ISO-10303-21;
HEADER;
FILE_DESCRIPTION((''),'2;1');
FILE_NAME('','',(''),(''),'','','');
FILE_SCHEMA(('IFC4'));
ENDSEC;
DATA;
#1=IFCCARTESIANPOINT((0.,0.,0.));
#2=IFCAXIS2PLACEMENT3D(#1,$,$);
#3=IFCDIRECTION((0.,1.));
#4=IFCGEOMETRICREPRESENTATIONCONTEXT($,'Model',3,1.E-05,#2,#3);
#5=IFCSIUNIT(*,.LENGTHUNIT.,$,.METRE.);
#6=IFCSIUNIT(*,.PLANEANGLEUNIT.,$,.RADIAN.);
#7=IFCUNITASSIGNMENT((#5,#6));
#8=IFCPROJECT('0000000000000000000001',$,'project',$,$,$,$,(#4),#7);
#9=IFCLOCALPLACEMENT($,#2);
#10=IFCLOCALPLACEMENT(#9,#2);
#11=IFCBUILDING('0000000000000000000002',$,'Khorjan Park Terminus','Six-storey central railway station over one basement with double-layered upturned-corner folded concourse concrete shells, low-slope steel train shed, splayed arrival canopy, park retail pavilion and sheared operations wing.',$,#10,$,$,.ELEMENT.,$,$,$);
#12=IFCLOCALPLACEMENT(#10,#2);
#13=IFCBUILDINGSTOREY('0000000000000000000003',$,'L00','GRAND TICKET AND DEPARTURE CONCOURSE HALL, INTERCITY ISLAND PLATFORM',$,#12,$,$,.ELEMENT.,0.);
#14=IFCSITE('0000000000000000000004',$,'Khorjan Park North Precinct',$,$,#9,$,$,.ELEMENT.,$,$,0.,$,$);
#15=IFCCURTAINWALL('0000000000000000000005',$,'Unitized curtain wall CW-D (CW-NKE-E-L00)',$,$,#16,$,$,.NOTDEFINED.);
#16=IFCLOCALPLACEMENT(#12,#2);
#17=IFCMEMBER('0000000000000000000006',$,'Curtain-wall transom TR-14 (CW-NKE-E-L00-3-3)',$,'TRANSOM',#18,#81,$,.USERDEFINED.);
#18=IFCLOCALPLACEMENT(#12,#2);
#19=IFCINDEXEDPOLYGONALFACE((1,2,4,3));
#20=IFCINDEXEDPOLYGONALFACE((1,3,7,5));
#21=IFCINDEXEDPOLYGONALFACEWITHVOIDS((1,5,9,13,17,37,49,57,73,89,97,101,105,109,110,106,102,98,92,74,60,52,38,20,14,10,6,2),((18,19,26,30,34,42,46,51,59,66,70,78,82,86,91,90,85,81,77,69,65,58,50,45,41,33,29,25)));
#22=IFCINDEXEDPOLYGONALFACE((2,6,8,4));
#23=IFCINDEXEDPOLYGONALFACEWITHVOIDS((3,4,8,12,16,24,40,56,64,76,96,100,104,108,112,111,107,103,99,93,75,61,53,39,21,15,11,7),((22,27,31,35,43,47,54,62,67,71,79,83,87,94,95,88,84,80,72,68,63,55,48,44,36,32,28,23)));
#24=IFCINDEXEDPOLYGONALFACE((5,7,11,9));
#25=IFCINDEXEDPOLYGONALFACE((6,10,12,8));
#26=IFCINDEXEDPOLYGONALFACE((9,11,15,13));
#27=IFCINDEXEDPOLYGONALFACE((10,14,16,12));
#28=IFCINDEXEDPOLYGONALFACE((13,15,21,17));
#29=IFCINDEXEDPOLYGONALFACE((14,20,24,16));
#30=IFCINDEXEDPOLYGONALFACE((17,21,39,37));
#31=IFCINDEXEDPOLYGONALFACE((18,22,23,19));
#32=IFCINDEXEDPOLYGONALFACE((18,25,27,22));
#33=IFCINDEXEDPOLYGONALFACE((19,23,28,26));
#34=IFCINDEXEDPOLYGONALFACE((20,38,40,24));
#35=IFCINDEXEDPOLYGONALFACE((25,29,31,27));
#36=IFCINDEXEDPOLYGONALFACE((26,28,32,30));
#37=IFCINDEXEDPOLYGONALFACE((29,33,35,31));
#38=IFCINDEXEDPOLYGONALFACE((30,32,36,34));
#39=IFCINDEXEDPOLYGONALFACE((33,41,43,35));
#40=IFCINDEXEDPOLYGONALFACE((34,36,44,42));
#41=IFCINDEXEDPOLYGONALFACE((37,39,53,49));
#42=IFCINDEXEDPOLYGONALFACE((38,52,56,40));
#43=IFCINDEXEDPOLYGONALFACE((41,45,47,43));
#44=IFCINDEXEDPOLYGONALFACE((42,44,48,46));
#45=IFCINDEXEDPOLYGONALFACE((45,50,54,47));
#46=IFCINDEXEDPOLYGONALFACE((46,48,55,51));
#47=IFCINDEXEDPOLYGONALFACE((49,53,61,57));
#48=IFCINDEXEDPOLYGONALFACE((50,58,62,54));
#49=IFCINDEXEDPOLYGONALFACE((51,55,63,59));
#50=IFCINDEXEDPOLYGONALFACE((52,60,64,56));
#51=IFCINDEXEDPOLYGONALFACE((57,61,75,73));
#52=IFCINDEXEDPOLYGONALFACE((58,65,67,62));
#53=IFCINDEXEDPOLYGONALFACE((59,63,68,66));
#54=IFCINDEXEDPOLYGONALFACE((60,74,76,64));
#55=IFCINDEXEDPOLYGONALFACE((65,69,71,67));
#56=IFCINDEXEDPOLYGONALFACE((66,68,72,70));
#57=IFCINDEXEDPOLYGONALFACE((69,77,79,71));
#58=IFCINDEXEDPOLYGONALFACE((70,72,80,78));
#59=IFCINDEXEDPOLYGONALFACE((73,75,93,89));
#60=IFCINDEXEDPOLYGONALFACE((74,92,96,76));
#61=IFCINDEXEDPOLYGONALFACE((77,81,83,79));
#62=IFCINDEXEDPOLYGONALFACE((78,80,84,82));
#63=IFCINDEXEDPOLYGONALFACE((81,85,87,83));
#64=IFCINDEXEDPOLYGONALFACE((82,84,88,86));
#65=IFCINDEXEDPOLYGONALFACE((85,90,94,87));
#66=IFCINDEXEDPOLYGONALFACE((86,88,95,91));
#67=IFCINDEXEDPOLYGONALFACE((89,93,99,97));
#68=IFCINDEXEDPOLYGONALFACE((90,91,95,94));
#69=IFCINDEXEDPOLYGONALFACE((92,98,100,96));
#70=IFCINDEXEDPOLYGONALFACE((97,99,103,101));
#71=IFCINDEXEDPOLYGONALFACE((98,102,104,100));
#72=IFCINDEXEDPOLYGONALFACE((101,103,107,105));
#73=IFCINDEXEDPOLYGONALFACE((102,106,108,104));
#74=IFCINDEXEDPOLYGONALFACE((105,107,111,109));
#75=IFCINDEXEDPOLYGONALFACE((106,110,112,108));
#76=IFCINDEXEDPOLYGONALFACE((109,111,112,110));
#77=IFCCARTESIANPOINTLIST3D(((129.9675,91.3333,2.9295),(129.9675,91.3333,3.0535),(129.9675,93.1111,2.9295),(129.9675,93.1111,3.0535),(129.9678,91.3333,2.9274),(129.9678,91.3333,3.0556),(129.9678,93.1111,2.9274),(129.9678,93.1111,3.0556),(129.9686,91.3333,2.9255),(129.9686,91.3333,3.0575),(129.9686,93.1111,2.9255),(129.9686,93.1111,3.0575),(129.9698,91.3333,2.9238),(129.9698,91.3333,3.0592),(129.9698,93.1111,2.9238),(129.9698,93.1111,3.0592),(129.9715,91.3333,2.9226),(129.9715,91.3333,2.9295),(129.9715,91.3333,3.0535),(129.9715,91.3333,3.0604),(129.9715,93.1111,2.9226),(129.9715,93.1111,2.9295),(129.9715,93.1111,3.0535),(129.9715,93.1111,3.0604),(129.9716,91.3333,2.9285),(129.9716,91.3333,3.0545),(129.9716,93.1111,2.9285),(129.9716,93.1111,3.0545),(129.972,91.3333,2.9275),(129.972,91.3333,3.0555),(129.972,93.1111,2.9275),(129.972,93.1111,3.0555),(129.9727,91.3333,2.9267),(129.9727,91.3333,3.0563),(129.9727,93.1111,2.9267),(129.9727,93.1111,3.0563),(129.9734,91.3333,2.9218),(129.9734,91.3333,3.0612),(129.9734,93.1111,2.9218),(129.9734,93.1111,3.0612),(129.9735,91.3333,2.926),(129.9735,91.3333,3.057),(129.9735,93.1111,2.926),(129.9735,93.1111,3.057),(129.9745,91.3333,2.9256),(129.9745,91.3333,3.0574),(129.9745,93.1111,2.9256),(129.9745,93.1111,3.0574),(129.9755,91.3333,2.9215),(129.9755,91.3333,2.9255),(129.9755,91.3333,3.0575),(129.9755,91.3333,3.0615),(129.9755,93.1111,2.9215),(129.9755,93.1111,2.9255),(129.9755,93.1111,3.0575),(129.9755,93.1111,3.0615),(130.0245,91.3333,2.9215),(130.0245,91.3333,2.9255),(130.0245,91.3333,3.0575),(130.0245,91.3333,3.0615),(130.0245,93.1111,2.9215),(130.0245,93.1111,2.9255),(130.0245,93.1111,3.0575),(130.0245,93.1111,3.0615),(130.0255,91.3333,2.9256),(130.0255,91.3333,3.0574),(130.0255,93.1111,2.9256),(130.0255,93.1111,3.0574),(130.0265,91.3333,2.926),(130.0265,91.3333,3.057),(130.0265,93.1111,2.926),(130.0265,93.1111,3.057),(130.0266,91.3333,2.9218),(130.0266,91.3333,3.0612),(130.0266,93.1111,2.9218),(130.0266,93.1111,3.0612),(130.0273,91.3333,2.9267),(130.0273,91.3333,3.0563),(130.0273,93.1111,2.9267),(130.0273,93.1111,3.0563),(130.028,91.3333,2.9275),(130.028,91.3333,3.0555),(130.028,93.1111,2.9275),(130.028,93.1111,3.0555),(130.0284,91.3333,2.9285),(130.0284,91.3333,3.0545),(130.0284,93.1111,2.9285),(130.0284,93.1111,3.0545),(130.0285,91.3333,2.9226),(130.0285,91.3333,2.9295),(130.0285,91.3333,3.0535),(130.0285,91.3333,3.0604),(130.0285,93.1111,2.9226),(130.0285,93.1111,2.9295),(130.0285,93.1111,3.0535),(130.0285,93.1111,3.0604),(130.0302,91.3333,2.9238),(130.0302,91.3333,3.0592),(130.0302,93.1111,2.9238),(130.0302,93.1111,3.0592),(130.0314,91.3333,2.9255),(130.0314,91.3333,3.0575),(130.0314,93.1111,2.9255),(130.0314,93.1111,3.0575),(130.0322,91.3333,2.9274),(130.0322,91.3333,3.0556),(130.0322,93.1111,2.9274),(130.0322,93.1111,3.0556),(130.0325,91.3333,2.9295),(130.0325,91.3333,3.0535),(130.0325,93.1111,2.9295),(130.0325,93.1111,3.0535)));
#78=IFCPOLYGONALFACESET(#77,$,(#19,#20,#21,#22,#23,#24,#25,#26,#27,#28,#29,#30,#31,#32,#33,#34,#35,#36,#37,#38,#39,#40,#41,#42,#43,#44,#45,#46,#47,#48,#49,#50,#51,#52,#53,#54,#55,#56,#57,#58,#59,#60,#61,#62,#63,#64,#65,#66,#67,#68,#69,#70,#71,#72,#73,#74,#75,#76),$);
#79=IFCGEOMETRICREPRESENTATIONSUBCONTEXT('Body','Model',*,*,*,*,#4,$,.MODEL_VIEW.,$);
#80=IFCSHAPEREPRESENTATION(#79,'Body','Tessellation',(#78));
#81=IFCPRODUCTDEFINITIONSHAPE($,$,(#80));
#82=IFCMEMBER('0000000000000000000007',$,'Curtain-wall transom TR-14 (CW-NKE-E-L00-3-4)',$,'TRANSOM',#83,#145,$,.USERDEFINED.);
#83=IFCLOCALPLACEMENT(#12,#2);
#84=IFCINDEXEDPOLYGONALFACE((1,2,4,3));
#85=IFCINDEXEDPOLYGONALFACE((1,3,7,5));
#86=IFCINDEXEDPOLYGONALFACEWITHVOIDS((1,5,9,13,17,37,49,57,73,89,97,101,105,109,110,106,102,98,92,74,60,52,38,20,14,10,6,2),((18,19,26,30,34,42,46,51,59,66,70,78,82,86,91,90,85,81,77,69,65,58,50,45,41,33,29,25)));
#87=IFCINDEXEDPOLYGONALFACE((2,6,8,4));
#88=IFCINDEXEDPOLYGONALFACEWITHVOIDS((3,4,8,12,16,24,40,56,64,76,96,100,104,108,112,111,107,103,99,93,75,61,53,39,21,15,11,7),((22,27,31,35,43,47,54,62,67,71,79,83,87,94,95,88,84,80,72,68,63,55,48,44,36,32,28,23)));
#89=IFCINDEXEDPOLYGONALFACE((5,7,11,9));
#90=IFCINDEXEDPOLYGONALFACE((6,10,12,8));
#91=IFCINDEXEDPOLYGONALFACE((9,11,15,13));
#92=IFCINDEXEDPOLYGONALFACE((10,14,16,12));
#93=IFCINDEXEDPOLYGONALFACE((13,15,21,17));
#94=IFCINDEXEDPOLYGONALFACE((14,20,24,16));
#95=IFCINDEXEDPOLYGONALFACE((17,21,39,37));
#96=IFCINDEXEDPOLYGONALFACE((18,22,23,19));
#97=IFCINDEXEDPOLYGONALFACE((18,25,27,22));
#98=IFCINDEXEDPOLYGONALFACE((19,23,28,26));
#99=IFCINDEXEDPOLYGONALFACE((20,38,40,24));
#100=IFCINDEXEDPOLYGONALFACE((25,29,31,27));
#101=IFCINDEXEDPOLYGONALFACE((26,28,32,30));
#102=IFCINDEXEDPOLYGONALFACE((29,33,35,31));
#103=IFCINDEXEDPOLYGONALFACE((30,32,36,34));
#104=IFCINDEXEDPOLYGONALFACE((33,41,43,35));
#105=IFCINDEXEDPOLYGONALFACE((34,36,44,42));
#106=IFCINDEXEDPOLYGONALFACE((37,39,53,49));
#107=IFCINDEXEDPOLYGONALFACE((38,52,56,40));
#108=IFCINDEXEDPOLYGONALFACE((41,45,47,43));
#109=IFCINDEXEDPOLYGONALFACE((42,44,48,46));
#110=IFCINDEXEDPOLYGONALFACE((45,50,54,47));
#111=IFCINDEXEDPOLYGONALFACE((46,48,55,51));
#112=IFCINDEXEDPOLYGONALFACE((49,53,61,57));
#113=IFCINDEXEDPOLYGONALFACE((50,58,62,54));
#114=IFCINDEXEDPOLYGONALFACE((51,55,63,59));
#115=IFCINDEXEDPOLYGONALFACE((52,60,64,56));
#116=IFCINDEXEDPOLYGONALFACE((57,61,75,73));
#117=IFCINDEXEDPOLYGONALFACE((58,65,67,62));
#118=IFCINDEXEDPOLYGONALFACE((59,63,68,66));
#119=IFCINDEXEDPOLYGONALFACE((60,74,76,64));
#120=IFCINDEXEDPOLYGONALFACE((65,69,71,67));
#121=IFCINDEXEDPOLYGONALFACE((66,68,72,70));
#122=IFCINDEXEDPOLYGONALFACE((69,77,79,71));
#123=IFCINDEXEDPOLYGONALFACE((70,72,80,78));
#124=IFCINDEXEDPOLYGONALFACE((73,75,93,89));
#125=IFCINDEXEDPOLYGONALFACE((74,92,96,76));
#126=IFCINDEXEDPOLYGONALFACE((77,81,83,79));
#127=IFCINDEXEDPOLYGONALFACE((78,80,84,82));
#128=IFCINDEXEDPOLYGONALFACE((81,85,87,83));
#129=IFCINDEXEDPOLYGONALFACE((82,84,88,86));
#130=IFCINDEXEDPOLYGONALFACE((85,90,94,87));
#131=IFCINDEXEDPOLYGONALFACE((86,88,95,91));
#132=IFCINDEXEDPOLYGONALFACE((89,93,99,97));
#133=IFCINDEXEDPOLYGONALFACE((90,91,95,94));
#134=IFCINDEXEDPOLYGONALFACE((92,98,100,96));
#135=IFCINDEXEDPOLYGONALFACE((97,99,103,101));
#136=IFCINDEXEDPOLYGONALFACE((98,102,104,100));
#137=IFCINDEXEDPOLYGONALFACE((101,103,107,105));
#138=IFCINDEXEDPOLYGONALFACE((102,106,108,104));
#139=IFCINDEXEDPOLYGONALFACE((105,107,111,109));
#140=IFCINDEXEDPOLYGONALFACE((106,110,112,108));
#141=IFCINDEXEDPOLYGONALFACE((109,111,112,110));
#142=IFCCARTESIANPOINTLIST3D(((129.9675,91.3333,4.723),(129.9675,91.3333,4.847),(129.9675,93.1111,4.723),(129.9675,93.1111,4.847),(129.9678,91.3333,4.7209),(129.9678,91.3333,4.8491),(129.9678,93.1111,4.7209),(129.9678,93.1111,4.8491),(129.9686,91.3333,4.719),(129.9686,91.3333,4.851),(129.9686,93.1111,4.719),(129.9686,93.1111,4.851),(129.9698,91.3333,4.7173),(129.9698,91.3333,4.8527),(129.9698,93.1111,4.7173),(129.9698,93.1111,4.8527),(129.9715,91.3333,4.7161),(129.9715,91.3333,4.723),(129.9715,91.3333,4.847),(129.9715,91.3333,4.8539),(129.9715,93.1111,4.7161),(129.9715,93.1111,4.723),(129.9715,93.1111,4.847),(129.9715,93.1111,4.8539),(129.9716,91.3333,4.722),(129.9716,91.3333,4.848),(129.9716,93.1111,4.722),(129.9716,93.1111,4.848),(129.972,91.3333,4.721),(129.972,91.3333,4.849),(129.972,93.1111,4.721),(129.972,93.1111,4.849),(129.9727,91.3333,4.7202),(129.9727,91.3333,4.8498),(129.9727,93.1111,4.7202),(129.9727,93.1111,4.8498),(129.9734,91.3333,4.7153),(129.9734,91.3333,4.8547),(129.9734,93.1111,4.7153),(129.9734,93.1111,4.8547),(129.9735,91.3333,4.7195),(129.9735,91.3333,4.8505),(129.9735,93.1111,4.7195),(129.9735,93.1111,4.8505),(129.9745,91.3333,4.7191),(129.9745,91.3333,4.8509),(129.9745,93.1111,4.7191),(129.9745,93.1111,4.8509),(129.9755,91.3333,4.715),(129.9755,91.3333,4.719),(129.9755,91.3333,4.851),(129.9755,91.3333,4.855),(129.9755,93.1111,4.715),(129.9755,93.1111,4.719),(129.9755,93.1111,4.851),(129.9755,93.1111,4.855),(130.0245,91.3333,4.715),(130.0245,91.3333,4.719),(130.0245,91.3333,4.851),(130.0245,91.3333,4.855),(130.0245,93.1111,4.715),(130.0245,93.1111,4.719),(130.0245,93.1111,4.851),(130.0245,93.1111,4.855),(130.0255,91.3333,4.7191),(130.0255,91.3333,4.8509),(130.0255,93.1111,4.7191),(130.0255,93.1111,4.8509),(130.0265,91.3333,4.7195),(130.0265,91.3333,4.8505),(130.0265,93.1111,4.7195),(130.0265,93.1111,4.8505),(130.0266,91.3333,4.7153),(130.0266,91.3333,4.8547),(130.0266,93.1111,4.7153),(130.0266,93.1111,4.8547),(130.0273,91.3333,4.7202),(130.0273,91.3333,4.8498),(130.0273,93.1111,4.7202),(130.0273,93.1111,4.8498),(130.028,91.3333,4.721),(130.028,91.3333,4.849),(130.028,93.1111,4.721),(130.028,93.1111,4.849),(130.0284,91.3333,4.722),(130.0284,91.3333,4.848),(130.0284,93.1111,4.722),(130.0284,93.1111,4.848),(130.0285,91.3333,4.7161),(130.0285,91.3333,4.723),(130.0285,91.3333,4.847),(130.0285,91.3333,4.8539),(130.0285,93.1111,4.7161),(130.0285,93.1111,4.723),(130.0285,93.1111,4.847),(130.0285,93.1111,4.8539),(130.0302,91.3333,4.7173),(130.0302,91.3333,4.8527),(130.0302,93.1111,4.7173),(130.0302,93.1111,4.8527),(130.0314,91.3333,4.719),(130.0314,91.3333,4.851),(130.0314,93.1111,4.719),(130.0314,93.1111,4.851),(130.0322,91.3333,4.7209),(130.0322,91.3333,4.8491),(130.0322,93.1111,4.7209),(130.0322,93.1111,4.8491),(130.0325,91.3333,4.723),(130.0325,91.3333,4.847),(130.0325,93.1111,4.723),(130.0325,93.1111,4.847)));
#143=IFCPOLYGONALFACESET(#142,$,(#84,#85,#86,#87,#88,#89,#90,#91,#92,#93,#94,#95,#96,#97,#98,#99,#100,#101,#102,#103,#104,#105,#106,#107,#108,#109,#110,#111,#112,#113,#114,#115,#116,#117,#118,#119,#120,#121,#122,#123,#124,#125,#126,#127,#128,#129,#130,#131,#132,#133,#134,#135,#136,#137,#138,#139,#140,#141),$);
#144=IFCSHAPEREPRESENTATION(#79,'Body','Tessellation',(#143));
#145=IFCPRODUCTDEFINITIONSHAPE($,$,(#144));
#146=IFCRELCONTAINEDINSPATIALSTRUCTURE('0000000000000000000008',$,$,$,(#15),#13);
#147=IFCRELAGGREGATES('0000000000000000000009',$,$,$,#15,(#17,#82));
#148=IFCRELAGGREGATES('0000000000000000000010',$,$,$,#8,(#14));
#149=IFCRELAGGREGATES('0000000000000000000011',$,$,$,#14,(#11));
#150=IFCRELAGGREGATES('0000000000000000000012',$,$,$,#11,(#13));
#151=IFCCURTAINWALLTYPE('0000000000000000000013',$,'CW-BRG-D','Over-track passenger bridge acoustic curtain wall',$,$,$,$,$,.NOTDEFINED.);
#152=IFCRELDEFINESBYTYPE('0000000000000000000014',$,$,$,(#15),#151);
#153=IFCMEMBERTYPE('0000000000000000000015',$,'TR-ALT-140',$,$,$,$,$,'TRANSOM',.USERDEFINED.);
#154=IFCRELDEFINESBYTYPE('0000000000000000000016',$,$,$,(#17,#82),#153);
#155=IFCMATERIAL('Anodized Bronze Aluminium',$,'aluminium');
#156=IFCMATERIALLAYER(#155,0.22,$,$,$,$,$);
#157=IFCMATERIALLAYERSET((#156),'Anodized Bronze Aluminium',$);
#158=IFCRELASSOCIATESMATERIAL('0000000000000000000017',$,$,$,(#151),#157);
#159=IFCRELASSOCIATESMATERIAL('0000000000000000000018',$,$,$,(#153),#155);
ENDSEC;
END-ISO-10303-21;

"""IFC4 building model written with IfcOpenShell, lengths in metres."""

from ifc_helpers import new_model, si_unit, direction, frame, origin, origin_2d, place, context, subcontext, project, spatial, hollow_rectangle, extrude, material, layer, layer_set, material_profile, profile_set, type_object, element, aggregate, save


model = new_model("IFC4")

# Units and contexts
model_context = context("Model", 3, precision=1e-05, world=origin(), true_north=direction((0.0, 1.0)))
body_context = subcontext(model_context, "Body", "Model", "MODEL_VIEW")
ifc_project = project(units=[si_unit("LENGTHUNIT", "METRE"), si_unit("PLANEANGLEUNIT", "RADIAN")], contexts=[model_context])

# Site, building, storey
site_placement = place(None, origin())
site = spatial("IfcSite", under=ifc_project, at=site_placement, Name="Khorjan Park North Precinct", CompositionType="ELEMENT", RefElevation=0.0)
building_placement = place(site_placement, origin())
building = spatial("IfcBuilding", under=site, at=building_placement, Name="Khorjan Park Terminus", Description="Six-storey central railway station over one basement with double-layered upturned-corner folded concourse concrete shells, low-slope steel train shed, splayed arrival canopy, park retail pavilion and sheared operations wing.", CompositionType="ELEMENT")
storey_placement = place(building_placement, origin())
storey = spatial("IfcBuildingStorey", under=building, at=storey_placement, Name="L00", Description="GRAND TICKET AND DEPARTURE CONCOURSE HALL, INTERCITY ISLAND PLATFORM", CompositionType="ELEMENT", Elevation=0.0)

# Curtain wall, members
ifc_material_1 = material(Name="Anodized Bronze Aluminium", Category="aluminium")
ifc_layer_1 = layer(ifc_material_1, 0.22)
ifc_layer_set_1 = layer_set([ifc_layer_1], Name="Anodized Bronze Aluminium")
curtain_wall_type = type_object("IfcCurtainWallType", Name="CW-BRG-D", Description="Over-track passenger bridge acoustic curtain wall", PredefinedType="NOTDEFINED", material=ifc_layer_set_1)
curtain_wall_placement = place(storey_placement, origin())
curtain_wall = element("IfcCurtainWall", 1, at=curtain_wall_placement, inside=storey, type_object=curtain_wall_type, Name="Unitized curtain wall CW-D (CW-NKE-E-L00)", PredefinedType="NOTDEFINED")
ifc_material_profile_1 = material_profile(ifc_material_1, hollow_rectangle(XDim=0.065, YDim=0.14, WallThickness=0.004, InnerFilletRadius=0.004, OuterFilletRadius=0.008, at=origin_2d()), Name="ALT 65x140x4")
ifc_profile_set_1 = profile_set([ifc_material_profile_1], Name="Anodized Bronze Aluminium")
member_type_1 = type_object("IfcMemberType", Name="TR-ALT-140", ElementType="TRANSOM", PredefinedType="USERDEFINED", material=ifc_profile_set_1)
member_1_placement = place(storey_placement, frame((130.0, 91.3333, 2.9915), z_axis=(0.0, 1.0, 0.0), x_axis=(-1.0, 0.0, 0.0)))
member_1 = element("IfcMember", 2, at=member_1_placement, type_object=member_type_1, Name="Curtain-wall transom TR-14 (CW-NKE-E-L00-3-3)", ObjectType="TRANSOM", PredefinedType="USERDEFINED", context=body_context, shape_type="SweptSolid", body=[
    extrude(hollow_rectangle(XDim=0.065, YDim=0.14, WallThickness=0.004, InnerFilletRadius=0.004, OuterFilletRadius=0.008, at=origin_2d()), origin(), (0.0, 0.0, 1.0), 1.7778),
])
member_2_placement = place(storey_placement, frame((130.0, 91.3333, 4.785), z_axis=(0.0, 1.0, 0.0), x_axis=(-1.0, 0.0, 0.0)))
member_2 = element("IfcMember", 3, at=member_2_placement, type_object=member_type_1, Name="Curtain-wall transom TR-14 (CW-NKE-E-L00-3-4)", ObjectType="TRANSOM", PredefinedType="USERDEFINED", context=body_context, shape_type="SweptSolid", body=[
    extrude(hollow_rectangle(XDim=0.065, YDim=0.14, WallThickness=0.004, InnerFilletRadius=0.004, OuterFilletRadius=0.008, at=origin_2d()), origin(), (0.0, 0.0, 1.0), 1.7778),
])
aggregate(curtain_wall, [member_1, member_2])

save(model, "model.ifc")
